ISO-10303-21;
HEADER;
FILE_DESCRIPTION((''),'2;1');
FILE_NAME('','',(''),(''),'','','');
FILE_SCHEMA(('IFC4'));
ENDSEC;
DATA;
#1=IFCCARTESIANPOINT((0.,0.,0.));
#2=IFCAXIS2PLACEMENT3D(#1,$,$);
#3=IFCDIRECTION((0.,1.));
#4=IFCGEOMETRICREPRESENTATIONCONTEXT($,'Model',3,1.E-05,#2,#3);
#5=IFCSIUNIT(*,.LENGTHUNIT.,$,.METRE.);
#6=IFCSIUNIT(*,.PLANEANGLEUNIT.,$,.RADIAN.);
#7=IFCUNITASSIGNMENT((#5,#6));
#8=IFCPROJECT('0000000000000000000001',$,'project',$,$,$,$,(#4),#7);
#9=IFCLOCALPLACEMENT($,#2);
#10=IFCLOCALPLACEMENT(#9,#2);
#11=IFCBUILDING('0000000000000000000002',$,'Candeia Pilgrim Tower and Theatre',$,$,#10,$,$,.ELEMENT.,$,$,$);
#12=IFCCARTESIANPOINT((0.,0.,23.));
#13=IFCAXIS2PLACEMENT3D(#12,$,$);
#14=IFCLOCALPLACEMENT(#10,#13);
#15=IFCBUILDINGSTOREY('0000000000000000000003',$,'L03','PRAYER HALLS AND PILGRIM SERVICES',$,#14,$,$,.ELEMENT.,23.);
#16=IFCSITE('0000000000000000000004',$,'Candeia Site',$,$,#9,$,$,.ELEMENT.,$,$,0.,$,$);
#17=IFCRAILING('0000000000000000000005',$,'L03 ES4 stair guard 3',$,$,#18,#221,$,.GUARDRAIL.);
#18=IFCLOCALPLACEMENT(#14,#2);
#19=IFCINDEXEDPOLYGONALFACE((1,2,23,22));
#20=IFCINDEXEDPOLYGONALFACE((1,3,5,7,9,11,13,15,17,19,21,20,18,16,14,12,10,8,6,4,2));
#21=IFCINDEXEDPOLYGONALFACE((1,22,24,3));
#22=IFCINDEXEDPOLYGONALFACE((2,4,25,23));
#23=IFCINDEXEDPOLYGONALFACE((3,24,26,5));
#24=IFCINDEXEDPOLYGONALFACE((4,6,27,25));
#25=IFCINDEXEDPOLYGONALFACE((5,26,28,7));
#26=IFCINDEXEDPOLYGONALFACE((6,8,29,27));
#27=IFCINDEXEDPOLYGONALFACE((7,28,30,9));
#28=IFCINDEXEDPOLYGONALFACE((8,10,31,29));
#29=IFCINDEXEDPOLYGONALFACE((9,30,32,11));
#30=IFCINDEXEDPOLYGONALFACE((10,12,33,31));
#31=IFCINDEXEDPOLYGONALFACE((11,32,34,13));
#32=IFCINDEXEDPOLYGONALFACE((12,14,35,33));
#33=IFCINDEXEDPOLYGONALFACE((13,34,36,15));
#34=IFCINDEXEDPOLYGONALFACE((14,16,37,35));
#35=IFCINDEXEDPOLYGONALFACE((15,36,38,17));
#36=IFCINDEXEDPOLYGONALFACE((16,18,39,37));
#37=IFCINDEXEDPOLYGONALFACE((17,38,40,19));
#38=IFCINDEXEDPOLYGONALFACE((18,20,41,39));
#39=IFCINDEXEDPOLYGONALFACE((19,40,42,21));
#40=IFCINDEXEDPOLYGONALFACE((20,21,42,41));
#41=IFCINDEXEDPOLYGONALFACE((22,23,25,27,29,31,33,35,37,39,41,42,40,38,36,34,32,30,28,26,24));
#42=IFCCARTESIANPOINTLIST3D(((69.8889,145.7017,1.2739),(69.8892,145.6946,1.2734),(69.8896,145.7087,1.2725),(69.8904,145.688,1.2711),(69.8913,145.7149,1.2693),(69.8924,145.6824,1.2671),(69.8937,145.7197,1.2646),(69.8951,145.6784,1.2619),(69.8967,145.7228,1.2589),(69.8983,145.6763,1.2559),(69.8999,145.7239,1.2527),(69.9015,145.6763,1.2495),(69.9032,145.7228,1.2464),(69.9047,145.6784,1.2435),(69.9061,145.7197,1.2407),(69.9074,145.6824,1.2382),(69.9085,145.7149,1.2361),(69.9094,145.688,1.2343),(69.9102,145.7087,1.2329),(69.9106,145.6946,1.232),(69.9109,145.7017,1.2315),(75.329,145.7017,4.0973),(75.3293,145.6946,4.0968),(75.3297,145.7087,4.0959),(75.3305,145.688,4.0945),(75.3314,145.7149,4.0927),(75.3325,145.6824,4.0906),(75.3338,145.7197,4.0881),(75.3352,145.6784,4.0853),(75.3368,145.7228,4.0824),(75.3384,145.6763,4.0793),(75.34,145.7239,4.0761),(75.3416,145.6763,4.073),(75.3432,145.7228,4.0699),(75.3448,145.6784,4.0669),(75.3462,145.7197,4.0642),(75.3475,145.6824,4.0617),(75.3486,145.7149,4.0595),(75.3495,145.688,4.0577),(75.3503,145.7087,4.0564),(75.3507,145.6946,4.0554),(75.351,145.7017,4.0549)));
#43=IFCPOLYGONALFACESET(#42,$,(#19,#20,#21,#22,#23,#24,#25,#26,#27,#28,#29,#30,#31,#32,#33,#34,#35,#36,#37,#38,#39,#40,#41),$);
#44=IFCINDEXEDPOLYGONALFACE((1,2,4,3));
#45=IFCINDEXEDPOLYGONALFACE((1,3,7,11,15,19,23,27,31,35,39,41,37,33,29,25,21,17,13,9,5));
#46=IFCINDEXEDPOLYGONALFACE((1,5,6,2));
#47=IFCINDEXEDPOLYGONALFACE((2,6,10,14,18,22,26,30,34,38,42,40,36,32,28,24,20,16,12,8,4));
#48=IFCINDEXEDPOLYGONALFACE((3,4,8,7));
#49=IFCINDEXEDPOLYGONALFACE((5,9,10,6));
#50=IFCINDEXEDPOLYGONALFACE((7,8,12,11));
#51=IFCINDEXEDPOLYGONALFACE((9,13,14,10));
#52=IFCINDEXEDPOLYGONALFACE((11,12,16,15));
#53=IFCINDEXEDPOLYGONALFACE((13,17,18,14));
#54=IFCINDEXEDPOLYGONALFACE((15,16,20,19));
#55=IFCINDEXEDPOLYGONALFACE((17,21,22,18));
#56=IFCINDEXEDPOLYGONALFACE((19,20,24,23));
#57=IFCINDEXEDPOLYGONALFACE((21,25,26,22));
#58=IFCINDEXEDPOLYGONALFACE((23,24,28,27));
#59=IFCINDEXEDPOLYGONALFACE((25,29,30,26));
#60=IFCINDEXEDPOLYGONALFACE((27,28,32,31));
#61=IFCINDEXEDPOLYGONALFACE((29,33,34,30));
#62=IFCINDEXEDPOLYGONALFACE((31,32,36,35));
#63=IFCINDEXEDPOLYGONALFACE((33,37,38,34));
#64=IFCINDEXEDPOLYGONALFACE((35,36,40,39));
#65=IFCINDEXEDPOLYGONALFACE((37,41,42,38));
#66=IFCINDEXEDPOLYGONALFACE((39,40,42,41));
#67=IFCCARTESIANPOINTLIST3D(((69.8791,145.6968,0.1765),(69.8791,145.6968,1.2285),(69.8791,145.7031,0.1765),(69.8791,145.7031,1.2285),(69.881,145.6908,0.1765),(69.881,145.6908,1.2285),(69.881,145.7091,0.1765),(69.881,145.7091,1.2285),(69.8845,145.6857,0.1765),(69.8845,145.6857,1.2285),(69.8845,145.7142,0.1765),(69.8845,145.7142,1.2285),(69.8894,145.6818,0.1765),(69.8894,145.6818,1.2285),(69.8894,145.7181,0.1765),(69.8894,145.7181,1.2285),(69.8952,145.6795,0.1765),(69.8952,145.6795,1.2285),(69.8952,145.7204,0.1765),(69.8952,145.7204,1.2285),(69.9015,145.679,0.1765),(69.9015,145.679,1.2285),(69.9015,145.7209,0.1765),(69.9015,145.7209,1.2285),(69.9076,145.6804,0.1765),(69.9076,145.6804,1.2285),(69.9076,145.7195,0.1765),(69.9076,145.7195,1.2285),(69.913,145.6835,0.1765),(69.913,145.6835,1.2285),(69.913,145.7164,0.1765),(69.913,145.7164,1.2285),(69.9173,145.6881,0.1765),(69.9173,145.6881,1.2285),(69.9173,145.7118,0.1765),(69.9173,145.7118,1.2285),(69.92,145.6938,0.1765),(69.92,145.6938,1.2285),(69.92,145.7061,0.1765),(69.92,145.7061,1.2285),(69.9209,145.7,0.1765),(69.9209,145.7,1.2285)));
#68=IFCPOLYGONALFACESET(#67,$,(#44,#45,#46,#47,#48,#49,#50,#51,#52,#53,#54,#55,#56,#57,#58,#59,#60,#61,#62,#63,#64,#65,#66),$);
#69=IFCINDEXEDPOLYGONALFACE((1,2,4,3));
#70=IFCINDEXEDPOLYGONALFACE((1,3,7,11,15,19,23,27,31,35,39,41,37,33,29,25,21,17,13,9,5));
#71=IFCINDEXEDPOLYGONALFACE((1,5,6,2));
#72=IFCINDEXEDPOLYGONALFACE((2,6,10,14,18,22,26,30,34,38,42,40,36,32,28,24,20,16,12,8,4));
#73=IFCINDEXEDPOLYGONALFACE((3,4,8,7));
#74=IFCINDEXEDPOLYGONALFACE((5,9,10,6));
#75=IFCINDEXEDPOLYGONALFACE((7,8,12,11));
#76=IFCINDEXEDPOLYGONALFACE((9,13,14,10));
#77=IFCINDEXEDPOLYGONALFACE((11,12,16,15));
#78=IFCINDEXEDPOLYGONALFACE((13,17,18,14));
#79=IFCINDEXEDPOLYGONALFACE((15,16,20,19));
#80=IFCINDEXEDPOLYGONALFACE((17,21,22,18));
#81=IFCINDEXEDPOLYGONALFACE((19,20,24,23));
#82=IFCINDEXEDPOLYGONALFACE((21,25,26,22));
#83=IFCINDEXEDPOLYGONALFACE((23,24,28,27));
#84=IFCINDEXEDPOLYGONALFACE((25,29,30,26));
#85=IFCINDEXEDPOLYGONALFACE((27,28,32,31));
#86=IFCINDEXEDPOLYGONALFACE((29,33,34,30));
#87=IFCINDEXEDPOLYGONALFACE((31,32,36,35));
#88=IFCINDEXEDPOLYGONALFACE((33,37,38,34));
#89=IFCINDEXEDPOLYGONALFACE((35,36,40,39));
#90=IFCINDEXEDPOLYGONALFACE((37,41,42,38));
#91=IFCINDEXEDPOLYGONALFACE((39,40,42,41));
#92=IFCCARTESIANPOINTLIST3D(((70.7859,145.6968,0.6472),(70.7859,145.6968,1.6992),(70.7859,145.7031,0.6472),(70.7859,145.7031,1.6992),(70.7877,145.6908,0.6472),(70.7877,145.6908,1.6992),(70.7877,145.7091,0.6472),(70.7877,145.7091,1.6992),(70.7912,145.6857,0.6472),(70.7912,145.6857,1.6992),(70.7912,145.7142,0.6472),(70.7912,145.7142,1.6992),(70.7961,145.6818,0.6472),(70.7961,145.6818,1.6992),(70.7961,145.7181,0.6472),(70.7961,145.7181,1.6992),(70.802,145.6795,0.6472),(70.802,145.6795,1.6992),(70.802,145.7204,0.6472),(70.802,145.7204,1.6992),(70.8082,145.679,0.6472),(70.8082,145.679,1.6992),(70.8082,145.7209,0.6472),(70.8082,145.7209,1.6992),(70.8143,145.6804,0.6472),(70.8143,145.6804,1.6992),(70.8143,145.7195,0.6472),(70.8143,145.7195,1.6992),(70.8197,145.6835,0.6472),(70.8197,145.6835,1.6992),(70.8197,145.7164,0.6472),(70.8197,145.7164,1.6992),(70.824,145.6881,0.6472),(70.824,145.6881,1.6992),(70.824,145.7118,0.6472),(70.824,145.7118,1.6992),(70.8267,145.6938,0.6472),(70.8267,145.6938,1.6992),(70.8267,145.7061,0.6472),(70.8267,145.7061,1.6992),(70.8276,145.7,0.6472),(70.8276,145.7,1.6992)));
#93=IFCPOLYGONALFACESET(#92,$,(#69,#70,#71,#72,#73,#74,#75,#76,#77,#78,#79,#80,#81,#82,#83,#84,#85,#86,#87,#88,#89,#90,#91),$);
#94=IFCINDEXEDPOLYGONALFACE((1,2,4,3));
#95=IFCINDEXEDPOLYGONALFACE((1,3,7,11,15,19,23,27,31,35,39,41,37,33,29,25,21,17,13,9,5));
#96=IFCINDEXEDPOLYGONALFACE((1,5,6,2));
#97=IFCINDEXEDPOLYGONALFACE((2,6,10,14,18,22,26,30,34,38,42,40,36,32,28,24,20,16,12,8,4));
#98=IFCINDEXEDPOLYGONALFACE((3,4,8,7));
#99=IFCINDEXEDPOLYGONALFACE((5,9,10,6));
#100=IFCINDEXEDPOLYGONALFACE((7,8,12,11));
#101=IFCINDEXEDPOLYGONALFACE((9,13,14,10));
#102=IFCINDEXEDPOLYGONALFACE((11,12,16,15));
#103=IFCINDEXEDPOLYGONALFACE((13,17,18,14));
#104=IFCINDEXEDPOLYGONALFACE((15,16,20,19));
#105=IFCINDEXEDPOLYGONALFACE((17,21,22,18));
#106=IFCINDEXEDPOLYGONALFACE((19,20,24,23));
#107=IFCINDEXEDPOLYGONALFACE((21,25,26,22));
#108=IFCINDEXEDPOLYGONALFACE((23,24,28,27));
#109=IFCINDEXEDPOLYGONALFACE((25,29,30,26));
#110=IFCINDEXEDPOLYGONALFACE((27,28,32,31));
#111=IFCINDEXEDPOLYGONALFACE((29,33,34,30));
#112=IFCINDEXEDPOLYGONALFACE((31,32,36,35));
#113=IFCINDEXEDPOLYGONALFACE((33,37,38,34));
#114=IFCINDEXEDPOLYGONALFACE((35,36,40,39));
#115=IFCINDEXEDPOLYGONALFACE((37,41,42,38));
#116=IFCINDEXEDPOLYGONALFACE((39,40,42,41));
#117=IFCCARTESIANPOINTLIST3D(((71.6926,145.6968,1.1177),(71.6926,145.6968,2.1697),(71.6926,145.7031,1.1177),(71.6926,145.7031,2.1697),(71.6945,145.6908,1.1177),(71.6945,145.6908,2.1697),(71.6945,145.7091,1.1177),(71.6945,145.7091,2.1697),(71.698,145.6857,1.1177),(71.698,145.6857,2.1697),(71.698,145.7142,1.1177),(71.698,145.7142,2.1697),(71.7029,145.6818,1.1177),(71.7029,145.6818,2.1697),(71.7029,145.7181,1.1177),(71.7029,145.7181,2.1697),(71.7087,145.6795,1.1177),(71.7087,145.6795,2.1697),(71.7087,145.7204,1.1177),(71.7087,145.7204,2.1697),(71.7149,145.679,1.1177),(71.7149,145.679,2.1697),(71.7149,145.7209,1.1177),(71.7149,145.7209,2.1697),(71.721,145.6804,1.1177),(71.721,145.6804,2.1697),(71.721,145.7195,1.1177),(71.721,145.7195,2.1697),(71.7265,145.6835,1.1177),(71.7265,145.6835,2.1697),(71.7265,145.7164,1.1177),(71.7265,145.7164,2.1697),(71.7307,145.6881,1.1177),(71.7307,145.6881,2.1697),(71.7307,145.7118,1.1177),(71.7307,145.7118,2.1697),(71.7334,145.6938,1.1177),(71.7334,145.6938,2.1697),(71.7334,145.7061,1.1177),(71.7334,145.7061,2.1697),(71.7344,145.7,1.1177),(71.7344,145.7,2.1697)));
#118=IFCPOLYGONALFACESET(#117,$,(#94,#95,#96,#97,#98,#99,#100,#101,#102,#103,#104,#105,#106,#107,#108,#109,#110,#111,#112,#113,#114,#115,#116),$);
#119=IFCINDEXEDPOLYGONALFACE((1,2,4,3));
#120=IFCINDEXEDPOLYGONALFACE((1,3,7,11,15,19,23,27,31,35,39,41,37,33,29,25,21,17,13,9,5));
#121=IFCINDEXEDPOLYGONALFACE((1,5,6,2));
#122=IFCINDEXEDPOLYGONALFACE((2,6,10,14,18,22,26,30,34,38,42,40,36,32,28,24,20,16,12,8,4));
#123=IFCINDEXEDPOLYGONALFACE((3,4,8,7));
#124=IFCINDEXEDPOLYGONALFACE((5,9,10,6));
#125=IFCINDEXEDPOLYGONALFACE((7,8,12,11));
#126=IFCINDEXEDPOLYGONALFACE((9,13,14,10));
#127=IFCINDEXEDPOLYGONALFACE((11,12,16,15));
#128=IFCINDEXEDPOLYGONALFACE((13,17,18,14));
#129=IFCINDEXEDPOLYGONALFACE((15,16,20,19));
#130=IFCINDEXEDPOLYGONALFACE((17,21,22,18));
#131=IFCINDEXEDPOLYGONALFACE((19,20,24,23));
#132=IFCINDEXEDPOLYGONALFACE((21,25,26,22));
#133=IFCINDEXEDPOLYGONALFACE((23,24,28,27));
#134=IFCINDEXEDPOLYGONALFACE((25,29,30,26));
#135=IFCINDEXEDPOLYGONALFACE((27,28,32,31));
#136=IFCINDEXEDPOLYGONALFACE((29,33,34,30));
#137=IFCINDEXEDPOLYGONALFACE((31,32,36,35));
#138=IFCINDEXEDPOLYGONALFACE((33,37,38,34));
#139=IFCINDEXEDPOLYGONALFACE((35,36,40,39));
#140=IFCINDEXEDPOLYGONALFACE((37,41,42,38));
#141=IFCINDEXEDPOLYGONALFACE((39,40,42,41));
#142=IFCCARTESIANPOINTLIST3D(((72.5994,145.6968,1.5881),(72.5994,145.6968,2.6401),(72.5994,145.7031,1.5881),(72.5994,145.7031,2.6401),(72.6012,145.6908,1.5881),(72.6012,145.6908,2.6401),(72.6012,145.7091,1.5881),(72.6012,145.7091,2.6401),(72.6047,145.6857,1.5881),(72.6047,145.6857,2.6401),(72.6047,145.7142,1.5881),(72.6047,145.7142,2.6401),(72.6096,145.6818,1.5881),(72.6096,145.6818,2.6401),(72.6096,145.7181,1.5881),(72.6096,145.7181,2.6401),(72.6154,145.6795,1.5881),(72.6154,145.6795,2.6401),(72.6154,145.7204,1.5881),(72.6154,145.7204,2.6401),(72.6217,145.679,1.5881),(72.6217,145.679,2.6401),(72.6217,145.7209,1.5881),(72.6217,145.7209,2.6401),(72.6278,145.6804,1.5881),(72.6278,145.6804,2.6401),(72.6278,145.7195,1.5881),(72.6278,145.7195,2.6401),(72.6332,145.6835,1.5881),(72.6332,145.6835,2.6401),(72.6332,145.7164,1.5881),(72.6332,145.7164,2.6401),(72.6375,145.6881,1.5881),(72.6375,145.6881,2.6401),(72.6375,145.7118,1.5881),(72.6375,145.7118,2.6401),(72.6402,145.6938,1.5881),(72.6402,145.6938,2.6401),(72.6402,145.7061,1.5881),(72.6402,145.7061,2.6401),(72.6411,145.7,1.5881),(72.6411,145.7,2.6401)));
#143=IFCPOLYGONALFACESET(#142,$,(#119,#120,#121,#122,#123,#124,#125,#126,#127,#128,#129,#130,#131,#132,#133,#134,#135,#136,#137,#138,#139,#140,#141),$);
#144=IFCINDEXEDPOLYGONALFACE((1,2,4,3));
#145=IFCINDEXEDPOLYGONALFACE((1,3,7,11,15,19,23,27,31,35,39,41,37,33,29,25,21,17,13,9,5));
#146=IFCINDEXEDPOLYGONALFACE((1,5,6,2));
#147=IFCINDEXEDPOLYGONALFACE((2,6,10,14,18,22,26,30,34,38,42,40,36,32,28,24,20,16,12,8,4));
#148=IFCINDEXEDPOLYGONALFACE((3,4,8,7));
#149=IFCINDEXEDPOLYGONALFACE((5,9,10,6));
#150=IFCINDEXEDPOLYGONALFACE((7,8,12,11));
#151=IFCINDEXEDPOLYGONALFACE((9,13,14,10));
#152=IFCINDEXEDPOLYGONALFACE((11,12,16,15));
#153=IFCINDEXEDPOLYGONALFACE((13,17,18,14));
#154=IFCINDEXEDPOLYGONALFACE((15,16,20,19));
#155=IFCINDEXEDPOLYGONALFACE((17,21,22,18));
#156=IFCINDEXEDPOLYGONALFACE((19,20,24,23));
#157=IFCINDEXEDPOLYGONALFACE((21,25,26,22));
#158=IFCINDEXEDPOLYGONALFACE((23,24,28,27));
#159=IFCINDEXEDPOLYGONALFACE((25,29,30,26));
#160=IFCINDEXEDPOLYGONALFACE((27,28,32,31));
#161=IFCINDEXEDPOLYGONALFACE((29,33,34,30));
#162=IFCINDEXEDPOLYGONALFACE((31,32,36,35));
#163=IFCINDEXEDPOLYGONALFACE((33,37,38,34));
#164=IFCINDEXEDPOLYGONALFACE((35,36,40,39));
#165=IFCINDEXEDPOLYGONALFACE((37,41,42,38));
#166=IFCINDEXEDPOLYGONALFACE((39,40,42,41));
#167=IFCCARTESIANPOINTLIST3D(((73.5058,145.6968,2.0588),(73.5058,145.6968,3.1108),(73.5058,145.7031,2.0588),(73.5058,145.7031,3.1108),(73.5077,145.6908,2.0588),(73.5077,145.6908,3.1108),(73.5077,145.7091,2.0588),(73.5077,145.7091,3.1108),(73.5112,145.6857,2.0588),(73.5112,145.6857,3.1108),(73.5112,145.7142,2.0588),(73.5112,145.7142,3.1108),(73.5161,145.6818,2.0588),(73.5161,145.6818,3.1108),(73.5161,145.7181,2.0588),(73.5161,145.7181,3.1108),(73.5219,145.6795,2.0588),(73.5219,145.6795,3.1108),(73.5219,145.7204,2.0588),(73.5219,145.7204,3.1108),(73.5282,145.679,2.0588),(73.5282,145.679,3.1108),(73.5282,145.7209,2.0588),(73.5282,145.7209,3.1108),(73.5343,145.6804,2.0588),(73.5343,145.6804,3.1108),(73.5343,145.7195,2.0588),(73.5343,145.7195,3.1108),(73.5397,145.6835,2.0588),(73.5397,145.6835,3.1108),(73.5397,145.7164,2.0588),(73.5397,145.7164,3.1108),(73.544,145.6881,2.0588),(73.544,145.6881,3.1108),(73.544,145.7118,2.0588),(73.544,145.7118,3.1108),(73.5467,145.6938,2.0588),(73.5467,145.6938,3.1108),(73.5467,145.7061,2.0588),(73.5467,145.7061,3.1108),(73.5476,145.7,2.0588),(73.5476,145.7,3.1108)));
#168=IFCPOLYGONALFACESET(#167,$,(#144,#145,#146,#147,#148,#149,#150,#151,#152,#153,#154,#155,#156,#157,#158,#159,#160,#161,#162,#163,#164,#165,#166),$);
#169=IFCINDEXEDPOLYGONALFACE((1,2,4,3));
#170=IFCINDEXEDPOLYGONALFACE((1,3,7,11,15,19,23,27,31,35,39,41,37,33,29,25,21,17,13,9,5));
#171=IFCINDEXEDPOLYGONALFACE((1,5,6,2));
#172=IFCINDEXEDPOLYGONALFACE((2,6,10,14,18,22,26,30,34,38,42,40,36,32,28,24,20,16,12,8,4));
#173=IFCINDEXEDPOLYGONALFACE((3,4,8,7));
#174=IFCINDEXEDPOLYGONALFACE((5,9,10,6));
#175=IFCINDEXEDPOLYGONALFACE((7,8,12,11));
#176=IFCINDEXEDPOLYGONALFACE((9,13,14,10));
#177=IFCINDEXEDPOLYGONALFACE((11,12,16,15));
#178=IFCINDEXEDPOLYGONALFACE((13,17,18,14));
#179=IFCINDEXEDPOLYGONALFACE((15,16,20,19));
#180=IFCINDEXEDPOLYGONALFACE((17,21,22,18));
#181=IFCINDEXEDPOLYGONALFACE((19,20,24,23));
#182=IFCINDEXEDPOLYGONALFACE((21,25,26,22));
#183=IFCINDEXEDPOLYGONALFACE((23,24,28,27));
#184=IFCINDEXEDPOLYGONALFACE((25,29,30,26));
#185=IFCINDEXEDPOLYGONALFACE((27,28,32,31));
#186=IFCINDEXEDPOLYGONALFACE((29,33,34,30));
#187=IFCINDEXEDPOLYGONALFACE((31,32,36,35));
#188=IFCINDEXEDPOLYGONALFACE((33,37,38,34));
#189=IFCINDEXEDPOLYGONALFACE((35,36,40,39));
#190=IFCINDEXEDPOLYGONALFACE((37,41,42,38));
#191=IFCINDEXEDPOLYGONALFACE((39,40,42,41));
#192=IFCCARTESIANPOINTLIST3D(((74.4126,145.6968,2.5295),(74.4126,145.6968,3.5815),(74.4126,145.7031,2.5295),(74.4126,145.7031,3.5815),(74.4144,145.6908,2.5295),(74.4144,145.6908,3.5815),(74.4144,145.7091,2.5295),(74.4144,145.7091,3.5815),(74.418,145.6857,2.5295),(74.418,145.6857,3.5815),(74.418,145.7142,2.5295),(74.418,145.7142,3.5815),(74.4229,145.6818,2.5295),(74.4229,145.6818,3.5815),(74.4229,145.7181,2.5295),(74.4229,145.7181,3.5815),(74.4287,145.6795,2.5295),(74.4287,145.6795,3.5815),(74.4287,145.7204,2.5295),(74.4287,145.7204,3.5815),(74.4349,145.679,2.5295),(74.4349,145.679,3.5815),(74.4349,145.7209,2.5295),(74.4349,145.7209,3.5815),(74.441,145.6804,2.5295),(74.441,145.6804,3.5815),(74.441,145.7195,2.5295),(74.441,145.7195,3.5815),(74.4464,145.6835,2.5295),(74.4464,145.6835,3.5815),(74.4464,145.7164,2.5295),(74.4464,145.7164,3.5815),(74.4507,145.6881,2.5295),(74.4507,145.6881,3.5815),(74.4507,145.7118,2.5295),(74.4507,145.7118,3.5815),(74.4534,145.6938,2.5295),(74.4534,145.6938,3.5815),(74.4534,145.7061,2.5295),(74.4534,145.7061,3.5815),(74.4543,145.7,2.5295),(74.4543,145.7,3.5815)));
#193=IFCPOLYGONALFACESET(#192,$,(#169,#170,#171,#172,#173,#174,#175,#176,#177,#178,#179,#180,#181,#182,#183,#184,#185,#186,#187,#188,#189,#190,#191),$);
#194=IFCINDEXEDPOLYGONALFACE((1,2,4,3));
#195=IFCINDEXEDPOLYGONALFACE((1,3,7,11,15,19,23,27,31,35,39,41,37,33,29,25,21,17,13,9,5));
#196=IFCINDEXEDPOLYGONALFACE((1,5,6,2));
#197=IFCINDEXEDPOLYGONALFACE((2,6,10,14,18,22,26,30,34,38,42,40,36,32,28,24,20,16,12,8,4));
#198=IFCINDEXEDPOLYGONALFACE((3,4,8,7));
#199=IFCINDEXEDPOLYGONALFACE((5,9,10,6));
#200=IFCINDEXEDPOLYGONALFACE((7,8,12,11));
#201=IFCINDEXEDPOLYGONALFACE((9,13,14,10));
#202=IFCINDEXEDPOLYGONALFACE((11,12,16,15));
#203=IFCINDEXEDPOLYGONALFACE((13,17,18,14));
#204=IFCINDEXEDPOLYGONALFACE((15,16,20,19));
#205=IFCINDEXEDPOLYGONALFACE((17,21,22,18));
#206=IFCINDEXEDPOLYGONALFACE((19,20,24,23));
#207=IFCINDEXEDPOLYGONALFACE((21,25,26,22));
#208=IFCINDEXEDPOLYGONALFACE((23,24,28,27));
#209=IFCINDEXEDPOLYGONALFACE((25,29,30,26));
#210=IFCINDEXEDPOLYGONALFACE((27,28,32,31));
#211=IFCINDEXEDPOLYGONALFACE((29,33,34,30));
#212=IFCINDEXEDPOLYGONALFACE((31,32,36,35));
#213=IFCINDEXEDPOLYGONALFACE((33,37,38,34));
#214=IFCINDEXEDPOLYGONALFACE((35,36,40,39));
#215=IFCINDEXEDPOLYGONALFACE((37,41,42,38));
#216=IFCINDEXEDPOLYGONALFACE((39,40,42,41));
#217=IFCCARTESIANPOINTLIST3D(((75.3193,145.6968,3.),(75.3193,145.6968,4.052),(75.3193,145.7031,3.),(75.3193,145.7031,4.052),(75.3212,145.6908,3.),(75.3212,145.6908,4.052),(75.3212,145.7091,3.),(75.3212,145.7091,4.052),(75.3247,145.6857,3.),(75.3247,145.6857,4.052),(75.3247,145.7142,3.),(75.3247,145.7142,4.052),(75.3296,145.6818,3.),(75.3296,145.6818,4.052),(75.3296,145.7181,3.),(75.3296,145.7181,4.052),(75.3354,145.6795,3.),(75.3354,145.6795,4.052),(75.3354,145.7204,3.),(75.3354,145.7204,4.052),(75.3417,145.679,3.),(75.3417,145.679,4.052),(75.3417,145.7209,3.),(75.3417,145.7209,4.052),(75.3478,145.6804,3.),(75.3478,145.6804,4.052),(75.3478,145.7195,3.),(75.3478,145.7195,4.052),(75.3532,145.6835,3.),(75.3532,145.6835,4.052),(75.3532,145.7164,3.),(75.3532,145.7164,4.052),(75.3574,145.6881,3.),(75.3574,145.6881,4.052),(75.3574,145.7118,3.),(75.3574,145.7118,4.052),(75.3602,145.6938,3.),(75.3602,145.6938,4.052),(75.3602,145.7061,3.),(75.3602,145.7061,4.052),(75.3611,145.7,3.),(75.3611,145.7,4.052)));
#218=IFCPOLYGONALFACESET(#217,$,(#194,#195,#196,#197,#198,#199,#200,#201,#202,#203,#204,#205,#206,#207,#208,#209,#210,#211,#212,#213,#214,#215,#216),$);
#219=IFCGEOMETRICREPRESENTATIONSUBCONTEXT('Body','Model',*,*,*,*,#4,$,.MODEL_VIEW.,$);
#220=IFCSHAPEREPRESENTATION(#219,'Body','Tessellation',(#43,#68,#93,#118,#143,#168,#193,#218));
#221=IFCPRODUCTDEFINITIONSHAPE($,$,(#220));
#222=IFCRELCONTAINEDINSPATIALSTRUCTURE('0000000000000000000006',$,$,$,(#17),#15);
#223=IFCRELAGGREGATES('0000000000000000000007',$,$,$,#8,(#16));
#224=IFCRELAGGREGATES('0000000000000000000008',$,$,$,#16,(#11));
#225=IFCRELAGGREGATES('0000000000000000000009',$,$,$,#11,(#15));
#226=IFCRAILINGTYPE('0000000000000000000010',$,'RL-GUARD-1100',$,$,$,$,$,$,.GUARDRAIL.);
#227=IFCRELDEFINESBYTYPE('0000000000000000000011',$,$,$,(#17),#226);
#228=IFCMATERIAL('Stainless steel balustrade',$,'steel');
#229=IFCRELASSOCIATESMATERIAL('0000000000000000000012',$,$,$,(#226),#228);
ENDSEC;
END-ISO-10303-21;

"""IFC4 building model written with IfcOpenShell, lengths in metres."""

from ifc_helpers import new_model, si_unit, direction, frame, origin, origin_2d, place, context, subcontext, project, spatial, circle, extrude, material, type_object, element, save


model = new_model("IFC4")

# Units and contexts
model_context = context("Model", 3, precision=1e-05, world=origin(), true_north=direction((0.0, 1.0)))
body_context = subcontext(model_context, "Body", "Model", "MODEL_VIEW")
ifc_project = project(units=[si_unit("LENGTHUNIT", "METRE"), si_unit("PLANEANGLEUNIT", "RADIAN")], contexts=[model_context])

# Site, building, storey
site_placement = place(None, origin())
site = spatial("IfcSite", under=ifc_project, at=site_placement, Name="Candeia Site", CompositionType="ELEMENT", RefElevation=0.0)
building_placement = place(site_placement, origin())
building = spatial("IfcBuilding", under=site, at=building_placement, Name="Candeia Pilgrim Tower and Theatre", CompositionType="ELEMENT")
storey_placement = place(building_placement, frame((0.0, 0.0, 23.0)))
storey = spatial("IfcBuildingStorey", under=building, at=storey_placement, Name="L03", Description="PRAYER HALLS AND PILGRIM SERVICES", CompositionType="ELEMENT", Elevation=23.0)

# Railing
ifc_material_1 = material(Name="Stainless steel balustrade", Category="steel")
railing_type_1 = type_object("IfcRailingType", Name="RL-GUARD-1100", PredefinedType="GUARDRAIL", material=ifc_material_1)
railing_1_placement = place(storey_placement, frame((69.8999, 145.7, 0.1765)))
element("IfcRailing", 1, at=railing_1_placement, inside=storey, type_object=railing_type_1, Name="L03 ES4 stair guard 3", PredefinedType="GUARDRAIL", context=body_context, shape_type="SweptSolid", body=[
    extrude(circle(Radius=0.0239, at=origin_2d()), frame((0.0, 0.0, 1.0762), z_axis=(0.887578, 0.0, 0.460658), x_axis=(0.0, 1.0, 0.0)), (0.0, 0.0, 1.0), 6.1292),
    extrude(circle(Radius=0.021, at=origin_2d()), origin(), (0.0, 0.0, 1.0), 1.052),
    extrude(circle(Radius=0.021, at=origin_2d()), frame((0.9067, 0.0, 0.4707)), (0.0, 0.0, 1.0), 1.052),
    extrude(circle(Radius=0.021, at=origin_2d()), frame((1.8135, 0.0, 0.9412)), (0.0, 0.0, 1.0), 1.052),
    extrude(circle(Radius=0.021, at=origin_2d()), frame((2.7202, 0.0, 1.4116)), (0.0, 0.0, 1.0), 1.052),
    extrude(circle(Radius=0.021, at=origin_2d()), frame((3.6267, 0.0, 1.8823)), (0.0, 0.0, 1.0), 1.052),
    extrude(circle(Radius=0.021, at=origin_2d()), frame((4.5334, 0.0, 2.353)), (0.0, 0.0, 1.0), 1.052),
    extrude(circle(Radius=0.021, at=origin_2d()), frame((5.4402, 0.0, 2.8235)), (0.0, 0.0, 1.0), 1.052),
])

save(model, "model.ifc")
